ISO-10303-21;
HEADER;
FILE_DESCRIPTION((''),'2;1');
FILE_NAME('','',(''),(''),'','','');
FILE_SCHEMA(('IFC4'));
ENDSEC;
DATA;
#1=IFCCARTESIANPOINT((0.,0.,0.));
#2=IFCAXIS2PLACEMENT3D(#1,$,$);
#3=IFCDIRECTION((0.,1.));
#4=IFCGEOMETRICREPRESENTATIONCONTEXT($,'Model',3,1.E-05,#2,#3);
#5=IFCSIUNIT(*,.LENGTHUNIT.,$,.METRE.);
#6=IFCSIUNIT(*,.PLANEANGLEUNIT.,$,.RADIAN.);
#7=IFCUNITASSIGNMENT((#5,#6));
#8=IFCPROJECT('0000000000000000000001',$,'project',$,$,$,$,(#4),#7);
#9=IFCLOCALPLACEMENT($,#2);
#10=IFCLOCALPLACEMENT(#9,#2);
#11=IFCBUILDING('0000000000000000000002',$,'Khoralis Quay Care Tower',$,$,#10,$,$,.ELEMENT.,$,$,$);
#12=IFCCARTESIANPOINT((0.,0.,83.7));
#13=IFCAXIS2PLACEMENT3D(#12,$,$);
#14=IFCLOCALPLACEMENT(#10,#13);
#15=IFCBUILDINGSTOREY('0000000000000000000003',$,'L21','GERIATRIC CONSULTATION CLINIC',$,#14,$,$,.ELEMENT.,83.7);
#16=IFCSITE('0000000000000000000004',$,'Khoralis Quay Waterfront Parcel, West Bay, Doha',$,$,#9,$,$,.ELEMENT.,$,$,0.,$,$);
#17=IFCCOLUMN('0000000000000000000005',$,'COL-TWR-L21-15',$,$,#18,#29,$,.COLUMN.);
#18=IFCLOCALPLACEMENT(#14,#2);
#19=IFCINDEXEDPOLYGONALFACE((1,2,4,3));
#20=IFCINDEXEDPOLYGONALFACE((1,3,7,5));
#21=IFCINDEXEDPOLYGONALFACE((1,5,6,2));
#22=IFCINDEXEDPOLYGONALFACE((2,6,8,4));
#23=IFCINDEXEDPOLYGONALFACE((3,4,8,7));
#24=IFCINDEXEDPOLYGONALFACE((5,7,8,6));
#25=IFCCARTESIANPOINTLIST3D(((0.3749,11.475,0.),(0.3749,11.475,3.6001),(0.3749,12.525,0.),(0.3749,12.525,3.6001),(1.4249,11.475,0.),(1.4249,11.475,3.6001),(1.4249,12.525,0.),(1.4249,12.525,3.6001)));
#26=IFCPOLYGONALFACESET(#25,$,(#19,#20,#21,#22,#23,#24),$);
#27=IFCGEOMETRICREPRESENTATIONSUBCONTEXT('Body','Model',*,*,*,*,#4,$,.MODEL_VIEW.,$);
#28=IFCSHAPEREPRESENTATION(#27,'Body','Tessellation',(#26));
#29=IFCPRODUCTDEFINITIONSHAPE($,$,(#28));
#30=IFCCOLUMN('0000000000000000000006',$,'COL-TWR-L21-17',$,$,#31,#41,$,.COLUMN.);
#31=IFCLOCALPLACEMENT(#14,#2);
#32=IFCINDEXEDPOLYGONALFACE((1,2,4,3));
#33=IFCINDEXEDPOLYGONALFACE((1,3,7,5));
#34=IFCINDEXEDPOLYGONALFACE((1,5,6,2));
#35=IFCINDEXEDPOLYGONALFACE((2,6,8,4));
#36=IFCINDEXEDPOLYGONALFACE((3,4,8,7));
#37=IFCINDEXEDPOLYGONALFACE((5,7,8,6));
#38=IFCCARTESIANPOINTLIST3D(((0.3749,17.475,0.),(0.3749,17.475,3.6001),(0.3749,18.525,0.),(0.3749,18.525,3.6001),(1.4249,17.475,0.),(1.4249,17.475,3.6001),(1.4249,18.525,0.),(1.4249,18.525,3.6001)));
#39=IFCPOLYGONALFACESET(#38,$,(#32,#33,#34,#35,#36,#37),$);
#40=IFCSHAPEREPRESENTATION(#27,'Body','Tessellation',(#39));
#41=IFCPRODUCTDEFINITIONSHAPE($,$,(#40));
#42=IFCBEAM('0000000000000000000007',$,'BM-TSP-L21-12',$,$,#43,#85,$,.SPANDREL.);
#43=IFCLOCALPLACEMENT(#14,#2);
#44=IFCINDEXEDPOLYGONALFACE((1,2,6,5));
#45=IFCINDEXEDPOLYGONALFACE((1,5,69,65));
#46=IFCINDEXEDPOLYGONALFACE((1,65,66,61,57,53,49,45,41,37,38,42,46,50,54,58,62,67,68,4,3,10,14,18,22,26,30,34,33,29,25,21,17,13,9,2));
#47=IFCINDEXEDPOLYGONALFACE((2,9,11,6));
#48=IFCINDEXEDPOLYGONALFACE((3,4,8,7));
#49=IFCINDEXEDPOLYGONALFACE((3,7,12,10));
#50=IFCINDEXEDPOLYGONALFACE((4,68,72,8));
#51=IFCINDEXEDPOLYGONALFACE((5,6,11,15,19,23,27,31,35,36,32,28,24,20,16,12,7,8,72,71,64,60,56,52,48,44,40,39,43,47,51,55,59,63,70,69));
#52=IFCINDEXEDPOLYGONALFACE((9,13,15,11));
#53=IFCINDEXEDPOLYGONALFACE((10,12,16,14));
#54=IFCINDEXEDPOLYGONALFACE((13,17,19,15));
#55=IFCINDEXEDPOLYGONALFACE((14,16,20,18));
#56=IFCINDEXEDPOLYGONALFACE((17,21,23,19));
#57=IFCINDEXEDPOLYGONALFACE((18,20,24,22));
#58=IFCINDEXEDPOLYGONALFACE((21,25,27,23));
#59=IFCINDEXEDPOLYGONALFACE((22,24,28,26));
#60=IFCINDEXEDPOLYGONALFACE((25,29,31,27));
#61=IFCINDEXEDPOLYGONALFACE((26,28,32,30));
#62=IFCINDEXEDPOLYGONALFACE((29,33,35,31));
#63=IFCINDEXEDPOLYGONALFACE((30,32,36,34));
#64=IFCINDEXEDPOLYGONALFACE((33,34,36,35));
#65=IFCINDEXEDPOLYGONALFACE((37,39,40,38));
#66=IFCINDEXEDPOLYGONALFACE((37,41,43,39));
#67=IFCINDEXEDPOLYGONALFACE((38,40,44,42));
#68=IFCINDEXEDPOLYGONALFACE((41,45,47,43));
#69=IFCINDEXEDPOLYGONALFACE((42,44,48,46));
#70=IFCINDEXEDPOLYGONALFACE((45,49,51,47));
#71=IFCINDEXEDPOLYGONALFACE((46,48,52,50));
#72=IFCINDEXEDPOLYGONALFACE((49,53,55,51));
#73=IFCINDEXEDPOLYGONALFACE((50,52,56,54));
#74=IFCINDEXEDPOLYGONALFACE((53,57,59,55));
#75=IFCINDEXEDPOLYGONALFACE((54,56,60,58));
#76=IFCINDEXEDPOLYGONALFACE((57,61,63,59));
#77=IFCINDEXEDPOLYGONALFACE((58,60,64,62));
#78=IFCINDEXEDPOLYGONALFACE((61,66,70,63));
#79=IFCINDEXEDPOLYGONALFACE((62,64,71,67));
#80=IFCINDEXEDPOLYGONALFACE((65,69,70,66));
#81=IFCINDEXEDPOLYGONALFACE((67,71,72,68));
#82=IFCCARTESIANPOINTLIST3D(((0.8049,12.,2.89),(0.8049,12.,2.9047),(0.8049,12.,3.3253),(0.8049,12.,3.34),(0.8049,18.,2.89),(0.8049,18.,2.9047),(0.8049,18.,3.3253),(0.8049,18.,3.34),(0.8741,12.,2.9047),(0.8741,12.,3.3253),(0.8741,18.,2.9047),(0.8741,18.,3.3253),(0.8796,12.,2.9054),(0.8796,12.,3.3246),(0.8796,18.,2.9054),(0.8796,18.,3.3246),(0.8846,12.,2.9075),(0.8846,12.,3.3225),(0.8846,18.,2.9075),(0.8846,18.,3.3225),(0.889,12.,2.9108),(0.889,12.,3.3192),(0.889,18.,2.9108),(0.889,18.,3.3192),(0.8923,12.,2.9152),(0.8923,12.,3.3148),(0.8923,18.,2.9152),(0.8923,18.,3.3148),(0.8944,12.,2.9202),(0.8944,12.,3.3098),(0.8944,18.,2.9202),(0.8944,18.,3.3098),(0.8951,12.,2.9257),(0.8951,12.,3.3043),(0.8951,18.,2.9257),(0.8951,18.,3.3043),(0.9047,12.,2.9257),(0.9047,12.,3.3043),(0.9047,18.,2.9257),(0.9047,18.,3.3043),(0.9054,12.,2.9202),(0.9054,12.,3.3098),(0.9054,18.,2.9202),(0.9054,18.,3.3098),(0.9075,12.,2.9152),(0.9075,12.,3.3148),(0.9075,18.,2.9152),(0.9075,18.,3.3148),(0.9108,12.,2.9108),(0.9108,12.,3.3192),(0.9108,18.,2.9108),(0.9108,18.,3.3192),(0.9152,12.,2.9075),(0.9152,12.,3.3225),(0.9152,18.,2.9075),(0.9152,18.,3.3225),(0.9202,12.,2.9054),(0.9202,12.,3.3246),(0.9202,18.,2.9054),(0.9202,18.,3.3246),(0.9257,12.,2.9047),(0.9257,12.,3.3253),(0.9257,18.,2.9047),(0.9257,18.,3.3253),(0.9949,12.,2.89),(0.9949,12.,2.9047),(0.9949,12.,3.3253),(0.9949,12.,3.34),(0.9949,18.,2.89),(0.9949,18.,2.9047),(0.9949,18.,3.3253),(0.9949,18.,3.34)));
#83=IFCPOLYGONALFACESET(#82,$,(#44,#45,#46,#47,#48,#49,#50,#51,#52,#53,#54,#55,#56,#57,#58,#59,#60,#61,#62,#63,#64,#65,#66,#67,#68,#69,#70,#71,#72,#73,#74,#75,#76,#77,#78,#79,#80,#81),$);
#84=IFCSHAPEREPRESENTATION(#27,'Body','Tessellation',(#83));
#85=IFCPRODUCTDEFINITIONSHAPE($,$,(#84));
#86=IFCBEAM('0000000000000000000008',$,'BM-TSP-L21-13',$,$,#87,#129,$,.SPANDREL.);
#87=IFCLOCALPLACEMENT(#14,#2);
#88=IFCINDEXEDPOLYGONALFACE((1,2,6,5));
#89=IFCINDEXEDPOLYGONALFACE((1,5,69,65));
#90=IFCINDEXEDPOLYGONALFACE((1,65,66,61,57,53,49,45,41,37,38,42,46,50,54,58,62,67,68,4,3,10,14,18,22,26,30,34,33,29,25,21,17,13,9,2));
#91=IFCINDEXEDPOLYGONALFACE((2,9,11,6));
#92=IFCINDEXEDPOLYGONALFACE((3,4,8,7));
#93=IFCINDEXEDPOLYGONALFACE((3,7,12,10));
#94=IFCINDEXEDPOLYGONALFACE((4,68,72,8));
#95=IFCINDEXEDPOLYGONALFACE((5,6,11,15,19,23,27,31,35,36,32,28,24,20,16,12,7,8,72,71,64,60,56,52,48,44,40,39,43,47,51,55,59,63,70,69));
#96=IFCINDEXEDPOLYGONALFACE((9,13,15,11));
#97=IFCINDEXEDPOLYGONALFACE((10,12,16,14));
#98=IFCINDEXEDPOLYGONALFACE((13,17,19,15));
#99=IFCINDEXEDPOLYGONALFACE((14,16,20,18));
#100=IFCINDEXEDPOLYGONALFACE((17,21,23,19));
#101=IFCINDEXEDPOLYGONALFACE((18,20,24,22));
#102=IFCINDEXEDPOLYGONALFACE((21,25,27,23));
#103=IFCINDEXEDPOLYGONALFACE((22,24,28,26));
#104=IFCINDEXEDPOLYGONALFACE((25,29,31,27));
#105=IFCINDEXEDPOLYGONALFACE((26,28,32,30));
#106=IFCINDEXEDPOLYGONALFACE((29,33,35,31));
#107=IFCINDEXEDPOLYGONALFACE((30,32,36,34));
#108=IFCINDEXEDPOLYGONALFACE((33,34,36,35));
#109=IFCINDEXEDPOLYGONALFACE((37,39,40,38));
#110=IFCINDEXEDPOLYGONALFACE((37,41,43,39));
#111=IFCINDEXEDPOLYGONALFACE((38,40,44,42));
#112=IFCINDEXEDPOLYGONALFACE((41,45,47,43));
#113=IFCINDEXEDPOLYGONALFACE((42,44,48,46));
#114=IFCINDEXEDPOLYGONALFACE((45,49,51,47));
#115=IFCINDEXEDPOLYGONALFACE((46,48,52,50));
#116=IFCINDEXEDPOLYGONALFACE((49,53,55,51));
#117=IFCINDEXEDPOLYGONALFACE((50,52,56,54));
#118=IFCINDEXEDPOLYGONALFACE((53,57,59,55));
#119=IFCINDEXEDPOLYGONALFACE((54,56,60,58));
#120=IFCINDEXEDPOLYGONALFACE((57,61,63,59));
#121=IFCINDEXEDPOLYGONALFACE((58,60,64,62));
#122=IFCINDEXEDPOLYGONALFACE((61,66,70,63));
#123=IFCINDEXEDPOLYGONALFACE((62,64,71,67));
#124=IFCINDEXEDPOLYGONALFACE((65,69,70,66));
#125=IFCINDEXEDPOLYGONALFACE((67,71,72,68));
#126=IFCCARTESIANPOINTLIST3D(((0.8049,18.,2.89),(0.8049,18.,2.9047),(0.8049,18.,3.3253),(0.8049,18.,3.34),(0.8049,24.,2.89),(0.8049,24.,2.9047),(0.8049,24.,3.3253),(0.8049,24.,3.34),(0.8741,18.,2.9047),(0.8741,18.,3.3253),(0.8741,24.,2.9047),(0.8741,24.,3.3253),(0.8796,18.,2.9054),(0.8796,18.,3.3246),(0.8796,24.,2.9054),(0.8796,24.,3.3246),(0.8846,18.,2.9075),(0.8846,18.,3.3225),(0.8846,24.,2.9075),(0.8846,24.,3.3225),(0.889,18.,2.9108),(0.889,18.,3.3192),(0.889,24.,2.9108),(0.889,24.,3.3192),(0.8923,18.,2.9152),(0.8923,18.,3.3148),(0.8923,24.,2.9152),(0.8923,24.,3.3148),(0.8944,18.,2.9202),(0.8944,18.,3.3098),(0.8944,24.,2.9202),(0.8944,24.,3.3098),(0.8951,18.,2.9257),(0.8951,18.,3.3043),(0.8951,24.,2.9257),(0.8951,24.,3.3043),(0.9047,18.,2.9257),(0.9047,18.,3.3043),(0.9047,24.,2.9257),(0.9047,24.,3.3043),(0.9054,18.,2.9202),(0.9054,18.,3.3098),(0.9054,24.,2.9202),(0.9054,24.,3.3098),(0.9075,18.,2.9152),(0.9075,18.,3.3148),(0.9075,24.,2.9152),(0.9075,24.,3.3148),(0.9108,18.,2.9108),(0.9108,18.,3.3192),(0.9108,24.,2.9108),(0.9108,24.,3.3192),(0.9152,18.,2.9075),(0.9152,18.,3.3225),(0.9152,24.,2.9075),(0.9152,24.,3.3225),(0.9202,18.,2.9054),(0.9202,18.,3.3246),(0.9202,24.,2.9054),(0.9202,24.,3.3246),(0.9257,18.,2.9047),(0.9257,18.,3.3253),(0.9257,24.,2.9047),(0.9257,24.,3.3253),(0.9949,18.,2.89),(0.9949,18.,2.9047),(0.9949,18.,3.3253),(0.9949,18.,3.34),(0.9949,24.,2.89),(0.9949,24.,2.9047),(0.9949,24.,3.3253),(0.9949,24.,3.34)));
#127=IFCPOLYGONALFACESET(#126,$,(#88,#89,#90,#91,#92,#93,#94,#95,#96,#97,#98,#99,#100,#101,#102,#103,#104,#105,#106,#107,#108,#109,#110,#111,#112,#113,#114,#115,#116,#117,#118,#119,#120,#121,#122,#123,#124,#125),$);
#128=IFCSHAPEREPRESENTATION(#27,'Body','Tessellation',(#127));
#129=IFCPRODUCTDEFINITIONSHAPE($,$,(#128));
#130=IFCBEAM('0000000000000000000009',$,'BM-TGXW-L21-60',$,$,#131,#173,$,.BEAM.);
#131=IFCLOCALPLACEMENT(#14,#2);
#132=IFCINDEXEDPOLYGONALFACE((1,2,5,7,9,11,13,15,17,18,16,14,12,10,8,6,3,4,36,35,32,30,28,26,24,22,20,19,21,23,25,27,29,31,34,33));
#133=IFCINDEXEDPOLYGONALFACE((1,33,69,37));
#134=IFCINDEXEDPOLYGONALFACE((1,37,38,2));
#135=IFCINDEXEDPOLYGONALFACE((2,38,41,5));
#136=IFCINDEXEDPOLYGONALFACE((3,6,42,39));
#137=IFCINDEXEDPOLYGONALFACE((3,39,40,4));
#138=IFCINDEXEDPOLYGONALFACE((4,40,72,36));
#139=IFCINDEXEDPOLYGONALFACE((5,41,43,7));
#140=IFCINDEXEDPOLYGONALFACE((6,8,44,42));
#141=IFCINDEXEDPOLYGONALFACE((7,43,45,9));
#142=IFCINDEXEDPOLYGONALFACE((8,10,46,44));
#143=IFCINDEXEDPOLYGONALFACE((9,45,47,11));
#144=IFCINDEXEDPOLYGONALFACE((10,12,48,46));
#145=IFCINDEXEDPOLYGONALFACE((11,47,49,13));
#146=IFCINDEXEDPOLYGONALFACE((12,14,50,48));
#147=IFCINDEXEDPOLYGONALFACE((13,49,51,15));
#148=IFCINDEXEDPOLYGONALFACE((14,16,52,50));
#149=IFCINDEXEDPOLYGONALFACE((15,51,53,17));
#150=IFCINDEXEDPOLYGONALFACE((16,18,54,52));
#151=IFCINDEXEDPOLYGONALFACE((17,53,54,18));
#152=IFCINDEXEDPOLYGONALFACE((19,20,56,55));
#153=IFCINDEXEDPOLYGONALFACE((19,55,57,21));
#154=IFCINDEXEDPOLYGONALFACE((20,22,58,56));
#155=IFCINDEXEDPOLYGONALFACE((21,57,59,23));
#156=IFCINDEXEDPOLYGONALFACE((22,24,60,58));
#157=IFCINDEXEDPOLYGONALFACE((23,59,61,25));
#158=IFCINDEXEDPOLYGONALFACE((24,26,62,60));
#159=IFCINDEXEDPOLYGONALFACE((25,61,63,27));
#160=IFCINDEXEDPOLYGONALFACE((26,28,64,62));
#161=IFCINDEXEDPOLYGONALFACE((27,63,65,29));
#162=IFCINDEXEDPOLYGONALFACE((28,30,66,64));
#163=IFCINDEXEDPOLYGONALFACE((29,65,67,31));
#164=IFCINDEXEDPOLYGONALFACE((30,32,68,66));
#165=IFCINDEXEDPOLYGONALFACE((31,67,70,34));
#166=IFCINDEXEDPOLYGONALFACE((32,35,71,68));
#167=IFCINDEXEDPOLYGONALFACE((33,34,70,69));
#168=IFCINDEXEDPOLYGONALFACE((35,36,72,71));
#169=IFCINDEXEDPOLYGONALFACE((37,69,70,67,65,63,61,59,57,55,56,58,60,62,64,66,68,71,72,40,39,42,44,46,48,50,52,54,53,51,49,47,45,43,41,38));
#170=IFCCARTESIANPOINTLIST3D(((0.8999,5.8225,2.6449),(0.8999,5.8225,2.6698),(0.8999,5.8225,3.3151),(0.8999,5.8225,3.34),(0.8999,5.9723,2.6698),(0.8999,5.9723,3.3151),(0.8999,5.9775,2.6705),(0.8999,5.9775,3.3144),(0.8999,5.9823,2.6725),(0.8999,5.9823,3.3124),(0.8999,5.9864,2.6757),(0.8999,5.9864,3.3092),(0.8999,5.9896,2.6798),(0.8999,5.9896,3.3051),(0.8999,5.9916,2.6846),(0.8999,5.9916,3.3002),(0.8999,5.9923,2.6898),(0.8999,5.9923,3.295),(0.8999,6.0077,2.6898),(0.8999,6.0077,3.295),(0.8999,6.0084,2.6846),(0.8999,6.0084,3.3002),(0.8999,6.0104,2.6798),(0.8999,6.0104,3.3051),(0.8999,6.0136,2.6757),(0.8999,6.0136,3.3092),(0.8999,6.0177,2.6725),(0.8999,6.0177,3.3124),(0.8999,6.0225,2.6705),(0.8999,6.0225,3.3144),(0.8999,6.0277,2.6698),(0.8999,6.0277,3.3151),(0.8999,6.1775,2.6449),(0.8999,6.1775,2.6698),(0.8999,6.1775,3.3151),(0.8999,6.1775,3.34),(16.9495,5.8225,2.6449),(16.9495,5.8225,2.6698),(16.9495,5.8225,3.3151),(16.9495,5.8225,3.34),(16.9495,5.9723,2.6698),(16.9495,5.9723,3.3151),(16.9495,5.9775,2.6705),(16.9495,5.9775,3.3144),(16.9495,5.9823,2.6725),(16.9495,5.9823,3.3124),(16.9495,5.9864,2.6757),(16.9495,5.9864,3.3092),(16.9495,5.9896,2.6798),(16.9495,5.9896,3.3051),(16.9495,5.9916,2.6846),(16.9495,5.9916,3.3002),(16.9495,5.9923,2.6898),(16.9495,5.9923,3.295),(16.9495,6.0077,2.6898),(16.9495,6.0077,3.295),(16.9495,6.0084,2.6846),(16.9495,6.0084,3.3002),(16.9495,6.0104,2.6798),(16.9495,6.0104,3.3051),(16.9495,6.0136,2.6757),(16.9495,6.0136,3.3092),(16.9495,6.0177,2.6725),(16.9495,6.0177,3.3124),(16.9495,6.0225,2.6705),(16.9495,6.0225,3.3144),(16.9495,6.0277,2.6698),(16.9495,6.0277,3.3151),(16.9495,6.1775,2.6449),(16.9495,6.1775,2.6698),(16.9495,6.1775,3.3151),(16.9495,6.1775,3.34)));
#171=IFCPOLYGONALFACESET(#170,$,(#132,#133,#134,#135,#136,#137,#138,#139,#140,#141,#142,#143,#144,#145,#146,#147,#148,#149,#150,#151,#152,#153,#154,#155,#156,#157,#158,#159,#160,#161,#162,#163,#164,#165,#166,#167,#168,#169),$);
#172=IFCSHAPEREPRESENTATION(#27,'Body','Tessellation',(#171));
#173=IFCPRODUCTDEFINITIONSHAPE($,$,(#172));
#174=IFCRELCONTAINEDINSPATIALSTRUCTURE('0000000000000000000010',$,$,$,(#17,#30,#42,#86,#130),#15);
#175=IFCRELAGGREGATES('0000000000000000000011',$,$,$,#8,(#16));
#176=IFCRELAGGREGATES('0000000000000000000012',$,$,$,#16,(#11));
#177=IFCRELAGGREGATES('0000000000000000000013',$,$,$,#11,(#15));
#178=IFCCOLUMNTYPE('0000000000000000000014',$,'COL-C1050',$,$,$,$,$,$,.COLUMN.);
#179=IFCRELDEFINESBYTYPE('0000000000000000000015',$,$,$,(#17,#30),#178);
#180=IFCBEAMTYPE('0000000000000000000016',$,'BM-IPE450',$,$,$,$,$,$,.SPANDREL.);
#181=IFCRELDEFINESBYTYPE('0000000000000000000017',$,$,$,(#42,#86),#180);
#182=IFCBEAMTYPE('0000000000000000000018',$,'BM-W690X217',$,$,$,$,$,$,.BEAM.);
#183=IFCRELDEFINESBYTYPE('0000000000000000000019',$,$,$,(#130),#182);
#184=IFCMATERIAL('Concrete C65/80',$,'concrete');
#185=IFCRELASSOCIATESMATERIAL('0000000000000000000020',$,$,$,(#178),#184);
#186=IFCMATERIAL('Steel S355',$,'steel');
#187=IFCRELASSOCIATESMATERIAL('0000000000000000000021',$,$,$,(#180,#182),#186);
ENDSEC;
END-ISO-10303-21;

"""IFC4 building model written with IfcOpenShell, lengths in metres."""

from ifc_helpers import new_model, si_unit, direction, frame, origin, origin_2d, place, context, subcontext, project, spatial, rectangle, i_section, extrude, source, transform, mapped, material, material_profile, profile_set, type_object, element, save


model = new_model("IFC4")

# Units and contexts
model_context = context("Model", 3, precision=1e-05, world=origin(), true_north=direction((0.0, 1.0)))
body_context = subcontext(model_context, "Body", "Model", "MODEL_VIEW")
ifc_project = project(units=[si_unit("LENGTHUNIT", "METRE"), si_unit("PLANEANGLEUNIT", "RADIAN")], contexts=[model_context])

# Site, building, storey
site_placement = place(None, origin())
site = spatial("IfcSite", under=ifc_project, at=site_placement, Name="Khoralis Quay Waterfront Parcel, West Bay, Doha", CompositionType="ELEMENT", RefElevation=0.0)
building_placement = place(site_placement, origin())
building = spatial("IfcBuilding", under=site, at=building_placement, Name="Khoralis Quay Care Tower", CompositionType="ELEMENT")
storey_placement = place(building_placement, frame((0.0, 0.0, 83.7)))
storey = spatial("IfcBuildingStorey", under=building, at=storey_placement, Name="L21", Description="GERIATRIC CONSULTATION CLINIC", CompositionType="ELEMENT", Elevation=83.7)

# Columns
ifc_material_1 = material(Name="Concrete C65/80", Category="concrete")
ifc_material_profile_1 = material_profile(ifc_material_1, rectangle(XDim=1.05, YDim=1.05, at=origin_2d()), Name="Concrete C65/80")
ifc_profile_set_1 = profile_set([ifc_material_profile_1], Name="Concrete C65/80")
column_type = type_object("IfcColumnType", Name="COL-C1050", PredefinedType="COLUMN", material=ifc_profile_set_1)
shared_shape_1 = source(origin(), body_context, "Body", "SweptSolid", [
    extrude(rectangle(XDim=1.05, YDim=1.05, at=origin_2d()), origin(), (0.0, 0.0, 1.0), 3.6001),
])
for number, where, z_axis, x_axis, name in (
    (1, (0.8999, 12.0, 0.0), (0.0, 0.0, 1.0), (1.0, 0.0, 0.0), "COL-TWR-L21-15"),
    (2, (0.8999, 18.0, 0.0), (0.0, 0.0, 1.0), (1.0, 0.0, 0.0), "COL-TWR-L21-17"),
):
    element("IfcColumn", number, at=place(storey_placement, frame(where, z_axis=z_axis, x_axis=x_axis)), inside=storey, type_object=column_type, Name=name, PredefinedType="COLUMN", context=body_context, shape_type="MappedRepresentation", body=[
        mapped(shared_shape_1, transform((0.0, 0.0, 0.0), scale=1.0)),
    ])

# Beams
ifc_material_2 = material(Name="Steel S355", Category="steel")
ifc_material_profile_2 = material_profile(ifc_material_2, i_section(OverallWidth=0.1899, OverallDepth=0.45, WebThickness=0.0095, FlangeThickness=0.0146, FilletRadius=0.021, at=origin_2d()), Name="Steel S355")
ifc_profile_set_2 = profile_set([ifc_material_profile_2], Name="Steel S355")
beam_type_1 = type_object("IfcBeamType", Name="BM-IPE450", PredefinedType="SPANDREL", material=ifc_profile_set_2)
shared_shape_2 = source(origin(), body_context, "Body", "SweptSolid", [
    extrude(i_section(OverallWidth=0.1899, OverallDepth=0.45, WebThickness=0.0095, FlangeThickness=0.0146, FilletRadius=0.021, at=origin_2d()), origin(), (0.0, 0.0, 1.0), 6.0),
])
for number, where, z_axis, x_axis, name in (
    (3, (0.8999, 12.0, 3.115), (0.0, 1.0, 0.0), (-1.0, 0.0, 0.0), "BM-TSP-L21-12"),
    (4, (0.8999, 18.0, 3.115), (0.0, 1.0, 0.0), (-1.0, 0.0, 0.0), "BM-TSP-L21-13"),
):
    element("IfcBeam", number, at=place(storey_placement, frame(where, z_axis=z_axis, x_axis=x_axis)), inside=storey, type_object=beam_type_1, Name=name, PredefinedType="SPANDREL", context=body_context, shape_type="MappedRepresentation", body=[
        mapped(shared_shape_2, transform((0.0, 0.0, 0.0), scale=1.0)),
    ])
ifc_material_profile_3 = material_profile(ifc_material_2, i_section(OverallWidth=0.355, OverallDepth=0.6951, WebThickness=0.0154, FlangeThickness=0.0249, FilletRadius=0.02, at=origin_2d()), Name="Steel S355")
ifc_profile_set_3 = profile_set([ifc_material_profile_3], Name="Steel S355")
beam_type_2 = type_object("IfcBeamType", Name="BM-W690X217", PredefinedType="BEAM", material=ifc_profile_set_3)
shared_shape_3 = source(origin(), body_context, "Body", "SweptSolid", [
    extrude(i_section(OverallWidth=0.355, OverallDepth=0.6951, WebThickness=0.0154, FlangeThickness=0.0249, FilletRadius=0.02, at=origin_2d()), origin(), (0.0, 0.0, 1.0), 16.0496),
])
beam_1_placement = place(storey_placement, frame((0.8999, 6.0, 2.9924), z_axis=(1.0, 0.0, 0.0), x_axis=(0.0, 1.0, 0.0)))
element("IfcBeam", 5, at=beam_1_placement, inside=storey, type_object=beam_type_2, Name="BM-TGXW-L21-60", PredefinedType="BEAM", context=body_context, shape_type="MappedRepresentation", body=[
    mapped(shared_shape_3, transform((0.0, 0.0, 0.0), scale=1.0)),
])

save(model, "model.ifc")
